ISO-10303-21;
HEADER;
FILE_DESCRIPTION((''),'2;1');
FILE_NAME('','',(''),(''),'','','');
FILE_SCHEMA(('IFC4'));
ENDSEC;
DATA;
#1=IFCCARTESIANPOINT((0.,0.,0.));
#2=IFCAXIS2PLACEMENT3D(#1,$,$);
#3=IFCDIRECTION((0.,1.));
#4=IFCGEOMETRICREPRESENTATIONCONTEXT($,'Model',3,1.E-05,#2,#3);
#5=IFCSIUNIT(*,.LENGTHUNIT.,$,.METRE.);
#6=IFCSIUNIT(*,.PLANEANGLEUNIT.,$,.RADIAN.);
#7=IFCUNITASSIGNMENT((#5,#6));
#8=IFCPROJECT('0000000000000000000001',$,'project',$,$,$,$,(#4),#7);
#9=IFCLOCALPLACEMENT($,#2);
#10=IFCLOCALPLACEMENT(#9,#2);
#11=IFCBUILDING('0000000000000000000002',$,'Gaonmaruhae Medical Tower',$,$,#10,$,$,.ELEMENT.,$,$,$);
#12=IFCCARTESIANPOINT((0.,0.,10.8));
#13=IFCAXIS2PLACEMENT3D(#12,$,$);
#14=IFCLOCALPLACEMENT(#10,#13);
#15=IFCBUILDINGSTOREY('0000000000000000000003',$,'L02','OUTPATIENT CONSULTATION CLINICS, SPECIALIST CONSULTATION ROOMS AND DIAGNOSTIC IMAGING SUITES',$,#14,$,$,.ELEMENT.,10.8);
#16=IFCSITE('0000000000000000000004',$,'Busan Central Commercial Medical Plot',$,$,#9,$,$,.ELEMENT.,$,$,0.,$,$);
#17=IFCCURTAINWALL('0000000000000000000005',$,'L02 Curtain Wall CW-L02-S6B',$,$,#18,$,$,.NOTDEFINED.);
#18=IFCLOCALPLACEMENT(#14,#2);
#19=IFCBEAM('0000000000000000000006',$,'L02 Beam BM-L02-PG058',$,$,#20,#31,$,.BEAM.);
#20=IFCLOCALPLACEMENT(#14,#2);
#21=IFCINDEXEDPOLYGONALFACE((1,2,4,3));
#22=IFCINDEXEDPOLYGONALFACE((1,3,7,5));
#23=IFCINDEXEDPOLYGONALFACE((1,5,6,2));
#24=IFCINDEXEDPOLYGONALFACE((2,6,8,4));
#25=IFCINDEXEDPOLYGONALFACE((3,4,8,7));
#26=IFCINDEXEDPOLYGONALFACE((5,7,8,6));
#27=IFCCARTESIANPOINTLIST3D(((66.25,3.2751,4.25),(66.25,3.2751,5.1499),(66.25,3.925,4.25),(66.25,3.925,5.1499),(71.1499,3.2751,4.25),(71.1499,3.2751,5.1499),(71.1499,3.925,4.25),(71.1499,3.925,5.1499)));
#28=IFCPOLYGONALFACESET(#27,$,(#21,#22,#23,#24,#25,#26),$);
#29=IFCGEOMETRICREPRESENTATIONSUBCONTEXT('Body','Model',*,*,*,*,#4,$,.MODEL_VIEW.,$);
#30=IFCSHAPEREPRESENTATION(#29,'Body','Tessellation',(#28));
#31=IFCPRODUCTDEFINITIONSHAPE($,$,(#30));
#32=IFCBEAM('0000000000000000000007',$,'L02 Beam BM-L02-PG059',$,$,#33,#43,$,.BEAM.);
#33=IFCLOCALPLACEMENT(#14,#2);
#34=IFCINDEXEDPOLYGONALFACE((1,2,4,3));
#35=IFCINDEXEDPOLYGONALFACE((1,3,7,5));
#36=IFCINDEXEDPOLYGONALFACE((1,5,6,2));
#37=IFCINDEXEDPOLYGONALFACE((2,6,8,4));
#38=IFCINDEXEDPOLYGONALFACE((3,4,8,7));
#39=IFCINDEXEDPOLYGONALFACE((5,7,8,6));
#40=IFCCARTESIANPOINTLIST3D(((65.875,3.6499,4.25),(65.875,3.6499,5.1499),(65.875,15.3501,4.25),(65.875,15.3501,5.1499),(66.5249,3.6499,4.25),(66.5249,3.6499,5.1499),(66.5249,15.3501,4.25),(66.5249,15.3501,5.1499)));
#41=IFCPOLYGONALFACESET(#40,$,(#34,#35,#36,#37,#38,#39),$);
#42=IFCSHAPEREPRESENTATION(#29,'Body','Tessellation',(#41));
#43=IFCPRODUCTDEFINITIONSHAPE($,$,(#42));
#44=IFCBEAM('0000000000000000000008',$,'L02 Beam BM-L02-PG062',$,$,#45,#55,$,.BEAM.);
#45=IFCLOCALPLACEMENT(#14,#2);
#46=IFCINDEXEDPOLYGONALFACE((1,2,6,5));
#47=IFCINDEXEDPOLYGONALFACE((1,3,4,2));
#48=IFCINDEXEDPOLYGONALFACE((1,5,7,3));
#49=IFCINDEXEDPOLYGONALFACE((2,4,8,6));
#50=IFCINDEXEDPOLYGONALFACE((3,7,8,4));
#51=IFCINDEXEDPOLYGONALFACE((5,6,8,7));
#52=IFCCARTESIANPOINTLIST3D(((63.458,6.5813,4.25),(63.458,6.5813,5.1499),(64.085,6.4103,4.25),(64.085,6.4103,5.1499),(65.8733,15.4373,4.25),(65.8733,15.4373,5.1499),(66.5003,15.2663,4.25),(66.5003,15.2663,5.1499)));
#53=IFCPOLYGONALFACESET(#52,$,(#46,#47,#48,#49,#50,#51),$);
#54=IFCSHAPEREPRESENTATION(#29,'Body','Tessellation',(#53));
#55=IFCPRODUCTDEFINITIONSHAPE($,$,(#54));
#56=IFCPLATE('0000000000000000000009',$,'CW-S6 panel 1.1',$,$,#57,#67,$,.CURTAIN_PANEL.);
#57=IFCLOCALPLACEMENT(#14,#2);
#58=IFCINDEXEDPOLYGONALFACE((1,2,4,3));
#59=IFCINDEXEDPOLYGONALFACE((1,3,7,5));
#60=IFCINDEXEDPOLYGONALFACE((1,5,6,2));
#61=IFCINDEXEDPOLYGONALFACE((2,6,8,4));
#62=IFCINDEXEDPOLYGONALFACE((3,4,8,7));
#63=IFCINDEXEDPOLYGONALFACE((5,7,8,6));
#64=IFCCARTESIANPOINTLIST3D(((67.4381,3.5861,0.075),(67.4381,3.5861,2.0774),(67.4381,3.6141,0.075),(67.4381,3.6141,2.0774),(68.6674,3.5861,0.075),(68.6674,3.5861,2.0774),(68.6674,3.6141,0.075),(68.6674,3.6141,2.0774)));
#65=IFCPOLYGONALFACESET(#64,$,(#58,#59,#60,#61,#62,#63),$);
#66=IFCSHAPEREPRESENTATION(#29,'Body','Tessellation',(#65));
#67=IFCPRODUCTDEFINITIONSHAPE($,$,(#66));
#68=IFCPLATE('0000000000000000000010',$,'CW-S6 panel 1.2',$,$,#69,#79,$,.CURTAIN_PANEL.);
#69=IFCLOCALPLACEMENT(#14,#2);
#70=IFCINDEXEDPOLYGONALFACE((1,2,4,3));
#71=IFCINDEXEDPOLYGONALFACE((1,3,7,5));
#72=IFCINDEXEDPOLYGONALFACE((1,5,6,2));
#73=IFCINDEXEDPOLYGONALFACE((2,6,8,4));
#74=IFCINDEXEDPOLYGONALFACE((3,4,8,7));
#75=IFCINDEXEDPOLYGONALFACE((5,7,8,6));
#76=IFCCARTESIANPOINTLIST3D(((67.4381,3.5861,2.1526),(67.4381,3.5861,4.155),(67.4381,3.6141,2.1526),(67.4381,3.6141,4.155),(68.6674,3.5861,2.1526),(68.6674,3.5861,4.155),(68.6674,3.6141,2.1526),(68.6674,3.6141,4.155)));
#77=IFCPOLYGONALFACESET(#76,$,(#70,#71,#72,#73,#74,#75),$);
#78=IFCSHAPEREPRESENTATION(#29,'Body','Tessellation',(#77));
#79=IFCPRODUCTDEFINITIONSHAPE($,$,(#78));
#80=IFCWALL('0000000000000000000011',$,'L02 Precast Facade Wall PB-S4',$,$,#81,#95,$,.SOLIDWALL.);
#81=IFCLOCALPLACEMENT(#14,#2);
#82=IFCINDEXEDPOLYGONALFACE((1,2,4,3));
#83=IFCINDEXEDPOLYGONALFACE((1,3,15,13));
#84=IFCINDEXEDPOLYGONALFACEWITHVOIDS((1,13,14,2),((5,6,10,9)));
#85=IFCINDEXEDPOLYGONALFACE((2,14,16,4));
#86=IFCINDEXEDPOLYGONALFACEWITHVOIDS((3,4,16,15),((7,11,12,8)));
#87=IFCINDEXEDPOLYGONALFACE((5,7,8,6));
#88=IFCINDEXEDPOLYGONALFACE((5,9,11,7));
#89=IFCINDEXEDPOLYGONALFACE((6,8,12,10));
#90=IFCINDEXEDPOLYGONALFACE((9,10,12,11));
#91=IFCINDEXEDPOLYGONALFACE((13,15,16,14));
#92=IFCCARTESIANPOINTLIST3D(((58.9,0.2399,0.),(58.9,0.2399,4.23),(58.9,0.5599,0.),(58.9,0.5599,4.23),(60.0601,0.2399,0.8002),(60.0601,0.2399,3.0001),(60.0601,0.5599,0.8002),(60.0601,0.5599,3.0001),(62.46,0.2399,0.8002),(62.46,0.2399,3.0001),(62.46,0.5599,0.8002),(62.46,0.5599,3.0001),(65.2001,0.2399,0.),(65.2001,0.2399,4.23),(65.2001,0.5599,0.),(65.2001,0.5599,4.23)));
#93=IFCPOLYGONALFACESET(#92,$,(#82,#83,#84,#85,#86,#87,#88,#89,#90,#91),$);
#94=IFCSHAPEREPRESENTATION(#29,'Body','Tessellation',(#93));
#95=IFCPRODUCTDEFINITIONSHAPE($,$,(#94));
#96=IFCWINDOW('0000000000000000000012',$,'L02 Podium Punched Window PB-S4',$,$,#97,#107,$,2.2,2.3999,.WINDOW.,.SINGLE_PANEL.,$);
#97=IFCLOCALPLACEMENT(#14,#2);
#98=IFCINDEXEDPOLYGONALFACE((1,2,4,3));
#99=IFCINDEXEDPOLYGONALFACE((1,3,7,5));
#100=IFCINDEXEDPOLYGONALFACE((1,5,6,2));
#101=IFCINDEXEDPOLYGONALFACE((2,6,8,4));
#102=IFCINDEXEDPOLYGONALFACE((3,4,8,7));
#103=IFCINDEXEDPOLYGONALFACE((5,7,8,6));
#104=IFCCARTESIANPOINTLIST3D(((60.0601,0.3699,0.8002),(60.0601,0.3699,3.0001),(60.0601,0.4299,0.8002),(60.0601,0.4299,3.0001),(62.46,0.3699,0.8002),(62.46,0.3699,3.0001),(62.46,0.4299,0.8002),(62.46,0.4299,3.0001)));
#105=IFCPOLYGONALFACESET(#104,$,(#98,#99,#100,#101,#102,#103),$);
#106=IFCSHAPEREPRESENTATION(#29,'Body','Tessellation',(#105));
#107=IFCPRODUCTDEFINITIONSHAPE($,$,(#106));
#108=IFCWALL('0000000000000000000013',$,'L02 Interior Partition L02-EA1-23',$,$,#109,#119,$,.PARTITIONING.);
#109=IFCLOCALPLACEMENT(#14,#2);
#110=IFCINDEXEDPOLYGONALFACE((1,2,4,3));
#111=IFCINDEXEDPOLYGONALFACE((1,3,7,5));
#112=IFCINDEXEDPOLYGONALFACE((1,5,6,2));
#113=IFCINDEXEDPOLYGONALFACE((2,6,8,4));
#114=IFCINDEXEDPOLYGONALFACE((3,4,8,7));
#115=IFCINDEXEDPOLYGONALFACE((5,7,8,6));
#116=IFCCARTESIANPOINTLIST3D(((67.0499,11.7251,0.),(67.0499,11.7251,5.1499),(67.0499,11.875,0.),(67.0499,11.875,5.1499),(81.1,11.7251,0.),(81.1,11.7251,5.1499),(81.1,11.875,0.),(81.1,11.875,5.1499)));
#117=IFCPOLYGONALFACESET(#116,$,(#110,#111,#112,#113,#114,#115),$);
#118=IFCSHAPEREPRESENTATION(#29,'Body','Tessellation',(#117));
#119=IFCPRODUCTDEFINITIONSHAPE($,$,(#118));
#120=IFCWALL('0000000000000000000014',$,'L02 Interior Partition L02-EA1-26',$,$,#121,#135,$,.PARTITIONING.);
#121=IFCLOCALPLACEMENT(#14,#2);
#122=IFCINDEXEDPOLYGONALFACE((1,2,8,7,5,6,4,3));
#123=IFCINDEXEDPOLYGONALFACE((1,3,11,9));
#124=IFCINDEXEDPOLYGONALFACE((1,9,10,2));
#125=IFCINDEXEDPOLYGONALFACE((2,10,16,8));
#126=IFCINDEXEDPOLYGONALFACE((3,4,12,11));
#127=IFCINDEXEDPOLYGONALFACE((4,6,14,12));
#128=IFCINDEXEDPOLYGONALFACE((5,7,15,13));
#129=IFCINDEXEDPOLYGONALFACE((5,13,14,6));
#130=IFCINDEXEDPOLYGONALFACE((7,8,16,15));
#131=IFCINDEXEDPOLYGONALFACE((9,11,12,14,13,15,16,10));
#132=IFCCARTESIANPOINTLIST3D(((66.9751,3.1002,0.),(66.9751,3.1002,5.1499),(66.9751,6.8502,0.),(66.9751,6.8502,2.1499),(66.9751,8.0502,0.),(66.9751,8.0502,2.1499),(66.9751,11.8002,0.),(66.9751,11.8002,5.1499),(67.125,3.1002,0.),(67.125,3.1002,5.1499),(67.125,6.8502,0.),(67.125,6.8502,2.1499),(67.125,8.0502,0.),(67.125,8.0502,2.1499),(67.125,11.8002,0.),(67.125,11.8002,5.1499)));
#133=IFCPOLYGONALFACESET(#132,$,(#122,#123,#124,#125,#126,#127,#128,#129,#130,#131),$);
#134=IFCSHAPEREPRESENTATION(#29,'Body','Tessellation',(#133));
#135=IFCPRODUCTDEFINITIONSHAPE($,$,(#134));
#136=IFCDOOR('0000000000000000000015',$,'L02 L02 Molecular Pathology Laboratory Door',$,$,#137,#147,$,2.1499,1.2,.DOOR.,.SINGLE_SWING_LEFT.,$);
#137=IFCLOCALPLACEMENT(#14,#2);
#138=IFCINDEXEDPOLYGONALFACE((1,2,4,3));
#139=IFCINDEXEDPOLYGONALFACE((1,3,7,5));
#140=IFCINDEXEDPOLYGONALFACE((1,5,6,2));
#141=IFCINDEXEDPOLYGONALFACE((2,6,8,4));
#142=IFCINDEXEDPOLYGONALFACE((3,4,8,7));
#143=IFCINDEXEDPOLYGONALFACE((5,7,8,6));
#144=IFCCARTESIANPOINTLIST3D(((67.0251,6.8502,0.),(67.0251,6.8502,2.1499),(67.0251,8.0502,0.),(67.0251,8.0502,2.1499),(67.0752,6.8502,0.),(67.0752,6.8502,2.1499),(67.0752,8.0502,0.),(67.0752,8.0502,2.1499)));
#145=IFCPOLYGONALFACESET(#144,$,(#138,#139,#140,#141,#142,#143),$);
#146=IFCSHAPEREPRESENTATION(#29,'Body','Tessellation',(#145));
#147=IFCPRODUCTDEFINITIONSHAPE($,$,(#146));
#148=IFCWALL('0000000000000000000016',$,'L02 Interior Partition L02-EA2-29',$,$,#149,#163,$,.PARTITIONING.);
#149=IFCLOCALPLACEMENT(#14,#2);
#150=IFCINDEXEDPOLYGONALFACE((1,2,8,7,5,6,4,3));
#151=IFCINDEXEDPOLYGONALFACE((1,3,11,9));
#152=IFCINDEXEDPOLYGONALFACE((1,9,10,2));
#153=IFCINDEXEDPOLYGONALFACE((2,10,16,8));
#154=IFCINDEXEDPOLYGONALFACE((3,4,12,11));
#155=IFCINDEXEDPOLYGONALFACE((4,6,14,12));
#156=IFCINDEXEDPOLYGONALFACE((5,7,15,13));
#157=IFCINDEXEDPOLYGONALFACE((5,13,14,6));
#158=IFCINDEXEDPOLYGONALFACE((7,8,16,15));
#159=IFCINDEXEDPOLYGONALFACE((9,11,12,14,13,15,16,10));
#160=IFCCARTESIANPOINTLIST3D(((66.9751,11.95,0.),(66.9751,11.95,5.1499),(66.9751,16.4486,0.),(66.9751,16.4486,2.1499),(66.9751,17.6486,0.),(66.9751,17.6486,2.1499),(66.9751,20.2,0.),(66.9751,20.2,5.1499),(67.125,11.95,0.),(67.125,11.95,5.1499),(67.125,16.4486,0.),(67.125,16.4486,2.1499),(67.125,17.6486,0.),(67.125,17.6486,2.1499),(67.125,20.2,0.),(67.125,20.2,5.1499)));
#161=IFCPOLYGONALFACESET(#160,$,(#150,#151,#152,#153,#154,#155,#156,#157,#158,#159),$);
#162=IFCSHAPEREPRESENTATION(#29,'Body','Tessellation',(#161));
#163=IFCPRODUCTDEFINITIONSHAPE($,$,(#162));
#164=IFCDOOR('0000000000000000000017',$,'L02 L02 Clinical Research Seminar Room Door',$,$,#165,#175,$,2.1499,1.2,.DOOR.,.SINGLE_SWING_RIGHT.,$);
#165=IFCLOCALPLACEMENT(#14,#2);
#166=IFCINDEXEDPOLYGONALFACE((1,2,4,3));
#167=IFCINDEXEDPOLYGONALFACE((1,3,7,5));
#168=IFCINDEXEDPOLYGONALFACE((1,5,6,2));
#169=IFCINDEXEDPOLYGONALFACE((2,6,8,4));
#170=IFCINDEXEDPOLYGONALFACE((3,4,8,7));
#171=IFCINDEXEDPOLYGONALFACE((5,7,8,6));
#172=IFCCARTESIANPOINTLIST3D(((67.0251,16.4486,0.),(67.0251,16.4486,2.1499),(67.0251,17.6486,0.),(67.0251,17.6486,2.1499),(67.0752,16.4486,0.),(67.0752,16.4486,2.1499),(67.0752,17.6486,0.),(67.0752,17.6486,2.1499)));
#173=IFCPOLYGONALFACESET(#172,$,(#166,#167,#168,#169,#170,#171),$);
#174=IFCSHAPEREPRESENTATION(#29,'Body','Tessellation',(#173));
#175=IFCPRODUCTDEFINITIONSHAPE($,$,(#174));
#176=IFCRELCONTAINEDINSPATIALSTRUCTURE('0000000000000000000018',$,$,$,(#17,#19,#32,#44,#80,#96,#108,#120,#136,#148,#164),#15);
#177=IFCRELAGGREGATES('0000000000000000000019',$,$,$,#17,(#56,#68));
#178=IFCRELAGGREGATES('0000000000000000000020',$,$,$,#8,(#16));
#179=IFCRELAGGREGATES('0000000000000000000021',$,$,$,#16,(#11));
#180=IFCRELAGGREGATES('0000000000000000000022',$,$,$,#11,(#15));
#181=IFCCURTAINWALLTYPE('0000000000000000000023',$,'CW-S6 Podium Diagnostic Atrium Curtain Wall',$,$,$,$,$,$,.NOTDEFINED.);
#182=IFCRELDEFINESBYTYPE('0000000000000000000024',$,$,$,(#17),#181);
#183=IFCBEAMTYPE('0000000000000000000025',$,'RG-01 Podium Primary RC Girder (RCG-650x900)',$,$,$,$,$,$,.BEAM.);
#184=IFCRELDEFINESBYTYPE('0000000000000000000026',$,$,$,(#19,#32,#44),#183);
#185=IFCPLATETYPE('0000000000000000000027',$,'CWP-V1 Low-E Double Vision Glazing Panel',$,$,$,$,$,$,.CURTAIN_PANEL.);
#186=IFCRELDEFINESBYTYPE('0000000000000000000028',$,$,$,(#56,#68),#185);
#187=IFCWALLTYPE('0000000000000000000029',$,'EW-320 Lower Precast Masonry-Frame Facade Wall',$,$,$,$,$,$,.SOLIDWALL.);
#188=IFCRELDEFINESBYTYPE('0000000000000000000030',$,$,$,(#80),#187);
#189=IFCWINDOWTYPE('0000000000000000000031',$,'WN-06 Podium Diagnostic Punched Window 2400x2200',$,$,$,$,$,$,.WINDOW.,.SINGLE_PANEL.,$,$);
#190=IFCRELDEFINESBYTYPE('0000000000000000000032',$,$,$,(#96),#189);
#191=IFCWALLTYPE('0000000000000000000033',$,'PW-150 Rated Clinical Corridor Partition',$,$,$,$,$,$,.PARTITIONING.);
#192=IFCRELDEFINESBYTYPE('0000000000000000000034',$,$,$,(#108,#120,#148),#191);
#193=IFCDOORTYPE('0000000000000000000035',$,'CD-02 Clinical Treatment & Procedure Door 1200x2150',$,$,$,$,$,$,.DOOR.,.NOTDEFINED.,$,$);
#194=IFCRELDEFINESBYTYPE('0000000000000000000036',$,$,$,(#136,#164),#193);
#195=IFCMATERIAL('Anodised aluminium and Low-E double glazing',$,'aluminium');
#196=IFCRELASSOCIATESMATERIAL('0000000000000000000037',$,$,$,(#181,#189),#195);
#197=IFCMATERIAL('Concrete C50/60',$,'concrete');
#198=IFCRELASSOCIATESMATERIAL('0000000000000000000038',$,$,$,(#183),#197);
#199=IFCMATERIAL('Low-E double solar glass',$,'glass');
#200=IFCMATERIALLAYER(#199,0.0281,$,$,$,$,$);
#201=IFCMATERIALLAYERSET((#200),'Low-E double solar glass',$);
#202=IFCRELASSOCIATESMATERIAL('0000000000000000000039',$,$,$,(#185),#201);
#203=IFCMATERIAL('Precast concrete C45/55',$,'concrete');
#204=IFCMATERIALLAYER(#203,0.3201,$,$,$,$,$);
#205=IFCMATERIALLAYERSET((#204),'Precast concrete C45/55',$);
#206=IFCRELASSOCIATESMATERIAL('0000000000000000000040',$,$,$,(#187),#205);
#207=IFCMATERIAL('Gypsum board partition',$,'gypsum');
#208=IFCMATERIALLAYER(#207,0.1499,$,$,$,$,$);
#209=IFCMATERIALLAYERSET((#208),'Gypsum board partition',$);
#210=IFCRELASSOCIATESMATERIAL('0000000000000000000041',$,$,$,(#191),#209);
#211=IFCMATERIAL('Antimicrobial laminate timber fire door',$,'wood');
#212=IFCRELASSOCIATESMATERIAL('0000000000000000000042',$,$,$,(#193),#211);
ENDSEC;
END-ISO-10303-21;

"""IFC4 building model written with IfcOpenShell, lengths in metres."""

from ifc_helpers import new_model, si_unit, direction, frame, frame_2d, origin, origin_2d, place, context, subcontext, project, spatial, rectangle, extrude, material, layer, layer_set, material_profile, profile_set, type_object, element, fill, aggregate, save


model = new_model("IFC4")

# Units and contexts
model_context = context("Model", 3, precision=1e-05, world=origin(), true_north=direction((0.0, 1.0)))
body_context = subcontext(model_context, "Body", "Model", "MODEL_VIEW")
ifc_project = project(units=[si_unit("LENGTHUNIT", "METRE"), si_unit("PLANEANGLEUNIT", "RADIAN")], contexts=[model_context])

# Site, building, storey
site_placement = place(None, origin())
site = spatial("IfcSite", under=ifc_project, at=site_placement, Name="Busan Central Commercial Medical Plot", CompositionType="ELEMENT", RefElevation=0.0)
building_placement = place(site_placement, origin())
building = spatial("IfcBuilding", under=site, at=building_placement, Name="Gaonmaruhae Medical Tower", CompositionType="ELEMENT")
storey_placement = place(building_placement, frame((0.0, 0.0, 10.8)))
storey = spatial("IfcBuildingStorey", under=building, at=storey_placement, Name="L02", Description="OUTPATIENT CONSULTATION CLINICS, SPECIALIST CONSULTATION ROOMS AND DIAGNOSTIC IMAGING SUITES", CompositionType="ELEMENT", Elevation=10.8)

# Shared definitions
ifc_material_1 = material(Name="Concrete C50/60", Category="concrete")

# Curtain wall
ifc_material_2 = material(Name="Anodised aluminium and Low-E double glazing", Category="aluminium")
curtain_wall_type = type_object("IfcCurtainWallType", Name="CW-S6 Podium Diagnostic Atrium Curtain Wall", PredefinedType="NOTDEFINED", material=ifc_material_2)
curtain_wall_placement = place(storey_placement, origin())
curtain_wall = element("IfcCurtainWall", 1, at=curtain_wall_placement, inside=storey, type_object=curtain_wall_type, Name="L02 Curtain Wall CW-L02-S6B", PredefinedType="NOTDEFINED")

# Beams
ifc_material_profile_1 = material_profile(ifc_material_1, rectangle(XDim=0.6499, YDim=0.8999, at=origin_2d()), Name="RCG-650x900")
ifc_profile_set_1 = profile_set([ifc_material_profile_1], Name="Concrete C50/60")
beam_type = type_object("IfcBeamType", Name="RG-01 Podium Primary RC Girder (RCG-650x900)", PredefinedType="BEAM", material=ifc_profile_set_1)
beam_1_placement = place(storey_placement, frame((66.25, 3.6001, 4.7), z_axis=(1.0, 0.0, 0.0), x_axis=(0.0, 1.0, 0.0)))
element("IfcBeam", 2, at=beam_1_placement, inside=storey, type_object=beam_type, Name="L02 Beam BM-L02-PG058", PredefinedType="BEAM", context=body_context, shape_type="SweptSolid", body=[
    extrude(rectangle(XDim=0.6499, YDim=0.8999, at=origin_2d()), origin(), (0.0, 0.0, 1.0), 4.8999),
])
beam_2_placement = place(storey_placement, frame((66.2, 3.6499, 4.7), z_axis=(0.0, 1.0, 0.0), x_axis=(-1.0, 0.0, 0.0)))
element("IfcBeam", 3, at=beam_2_placement, inside=storey, type_object=beam_type, Name="L02 Beam BM-L02-PG059", PredefinedType="BEAM", context=body_context, shape_type="SweptSolid", body=[
    extrude(rectangle(XDim=0.6499, YDim=0.8999, at=origin_2d()), origin(), (0.0, 0.0, 1.0), 11.7002),
])
beam_3_placement = place(storey_placement, frame((66.1868, 15.3518, 4.7), z_axis=(-0.26312, -0.964763, 0.0), x_axis=(0.964763, -0.26312, 0.0)))
element("IfcBeam", 4, at=beam_3_placement, inside=storey, type_object=beam_type, Name="L02 Beam BM-L02-PG062", PredefinedType="BEAM", context=body_context, shape_type="SweptSolid", body=[
    extrude(rectangle(XDim=0.6499, YDim=0.8999, at=origin_2d()), origin(), (0.0, 0.0, 1.0), 9.1794),
])

# Plates
ifc_material_3 = material(Name="Low-E double solar glass", Category="glass")
ifc_layer_1 = layer(ifc_material_3, 0.0281)
ifc_layer_set_1 = layer_set([ifc_layer_1], Name="Low-E double solar glass")
plate_type = type_object("IfcPlateType", Name="CWP-V1 Low-E Double Vision Glazing Panel", PredefinedType="CURTAIN_PANEL", material=ifc_layer_set_1)
plate_1_placement = place(storey_placement, frame((68.0527, 3.6001, 0.075), z_axis=(0.0, 0.0, 1.0), x_axis=(1.0, 0.0, 0.0)))
plate_1 = element("IfcPlate", 5, at=plate_1_placement, type_object=plate_type, Name="CW-S6 panel 1.1", PredefinedType="CURTAIN_PANEL", context=body_context, shape_type="SweptSolid", body=[
    extrude(rectangle(XDim=1.2292, YDim=0.0281, at=origin_2d()), origin(), (0.0, 0.0, 1.0), 2.0024),
])
plate_2_placement = place(storey_placement, frame((68.0527, 3.6001, 2.1526), z_axis=(0.0, 0.0, 1.0), x_axis=(1.0, 0.0, 0.0)))
plate_2 = element("IfcPlate", 6, at=plate_2_placement, type_object=plate_type, Name="CW-S6 panel 1.2", PredefinedType="CURTAIN_PANEL", context=body_context, shape_type="SweptSolid", body=[
    extrude(rectangle(XDim=1.2292, YDim=0.0281, at=origin_2d()), origin(), (0.0, 0.0, 1.0), 2.0024),
])
aggregate(curtain_wall, [plate_1, plate_2])

# Wall, opening, window
ifc_material_4 = material(Name="Precast concrete C45/55", Category="concrete")
ifc_layer_2 = layer(ifc_material_4, 0.3201)
ifc_layer_set_2 = layer_set([ifc_layer_2], Name="Precast concrete C45/55")
wall_type_1 = type_object("IfcWallType", Name="EW-320 Lower Precast Masonry-Frame Facade Wall", PredefinedType="SOLIDWALL", material=ifc_layer_set_2)
wall_1_placement = place(storey_placement, frame((65.2, 0.3999, 0.0), z_axis=(0.0, 0.0, 1.0), x_axis=(-1.0, 0.0, 0.0)))
wall_1 = element("IfcWall", 7, at=wall_1_placement, inside=storey, type_object=wall_type_1, Name="L02 Precast Facade Wall PB-S4", PredefinedType="SOLIDWALL", context=body_context, shape_type="SweptSolid", body=[
    extrude(rectangle(XDim=6.3, YDim=0.3201, at=frame_2d((3.1499, 0.0))), origin(), (0.0, 0.0, 1.0), 4.23),
])
opening_1_placement = place(wall_1_placement, frame((2.74, 0.0, 0.8)))
opening_1 = element("IfcOpeningElement", 8, at=opening_1_placement, cuts=wall_1, PredefinedType="OPENING", context=body_context, shape_type="SweptSolid", body=[
    extrude(rectangle(XDim=2.3999, YDim=2.2, at=frame_2d((1.2, 1.1001))), frame((0.0, 0.1699, 0.0), z_axis=(0.0, -1.0, 0.0), x_axis=(1.0, 0.0, 0.0)), (0.0, 0.0, 1.0), 0.3401),
])
window_type = type_object("IfcWindowType", Name="WN-06 Podium Diagnostic Punched Window 2400x2200", PartitioningType="SINGLE_PANEL", PredefinedType="WINDOW", material=ifc_material_2)
window_placement = place(opening_1_placement, origin())
window = element("IfcWindow", 9, at=window_placement, inside=storey, type_object=window_type, Name="L02 Podium Punched Window PB-S4", OverallHeight=2.2, OverallWidth=2.3999, PartitioningType="SINGLE_PANEL", PredefinedType="WINDOW", context=body_context, shape_type="SweptSolid", body=[
    extrude(rectangle(XDim=2.3999, YDim=2.2, at=frame_2d((1.2, 1.1001))), frame((0.0, 0.03, 0.0), z_axis=(0.0, -1.0, 0.0), x_axis=(1.0, 0.0, 0.0)), (0.0, 0.0, 1.0), 0.0601),
])
fill(opening_1, window)

# Wall
ifc_material_5 = material(Name="Gypsum board partition", Category="gypsum")
ifc_layer_3 = layer(ifc_material_5, 0.1499)
ifc_layer_set_3 = layer_set([ifc_layer_3], Name="Gypsum board partition")
wall_type_2 = type_object("IfcWallType", Name="PW-150 Rated Clinical Corridor Partition", PredefinedType="PARTITIONING", material=ifc_layer_set_3)
wall_2_placement = place(storey_placement, frame((67.05, 11.8, 0.0), z_axis=(0.0, 0.0, 1.0), x_axis=(1.0, 0.0, 0.0)))
element("IfcWall", 10, at=wall_2_placement, inside=storey, type_object=wall_type_2, Name="L02 Interior Partition L02-EA1-23", PredefinedType="PARTITIONING", context=body_context, shape_type="SweptSolid", body=[
    extrude(rectangle(XDim=14.05, YDim=0.1499, at=frame_2d((7.0249, 0.0))), origin(), (0.0, 0.0, 1.0), 5.1499),
])

# Walls, openings, doors
wall_3_placement = place(storey_placement, frame((67.05, 3.1001, 0.0), z_axis=(0.0, 0.0, 1.0), x_axis=(0.0, 1.0, 0.0)))
wall_3 = element("IfcWall", 11, at=wall_3_placement, inside=storey, type_object=wall_type_2, Name="L02 Interior Partition L02-EA1-26", PredefinedType="PARTITIONING", context=body_context, shape_type="SweptSolid", body=[
    extrude(rectangle(XDim=8.7, YDim=0.1499, at=frame_2d((4.3501, 0.0))), origin(), (0.0, 0.0, 1.0), 5.1499),
])
opening_2_placement = place(wall_3_placement, frame((3.75, 0.0, 0.0)))
opening_2 = element("IfcOpeningElement", 12, at=opening_2_placement, cuts=wall_3, PredefinedType="OPENING", context=body_context, shape_type="SweptSolid", body=[
    extrude(rectangle(XDim=1.2, YDim=2.1499, at=frame_2d((0.6001, 1.075))), frame((0.0, 0.085, 0.0), z_axis=(0.0, -1.0, 0.0), x_axis=(1.0, 0.0, 0.0)), (0.0, 0.0, 1.0), 0.1699),
])
ifc_material_6 = material(Name="Antimicrobial laminate timber fire door", Category="wood")
door_type = type_object("IfcDoorType", Name="CD-02 Clinical Treatment & Procedure Door 1200x2150", OperationType="NOTDEFINED", PredefinedType="DOOR", material=ifc_material_6)
door_1_placement = place(opening_2_placement, origin())
door_1 = element("IfcDoor", 13, at=door_1_placement, inside=storey, type_object=door_type, Name="L02 L02 Molecular Pathology Laboratory Door", OperationType="SINGLE_SWING_LEFT", OverallHeight=2.1499, OverallWidth=1.2, PredefinedType="DOOR", context=body_context, shape_type="SweptSolid", body=[
    extrude(rectangle(XDim=1.2, YDim=2.1499, at=frame_2d((0.6001, 1.075))), frame((0.0, 0.0249, 0.0), z_axis=(0.0, -1.0, 0.0), x_axis=(1.0, 0.0, 0.0)), (0.0, 0.0, 1.0), 0.05),
])
fill(opening_2, door_1)
wall_4_placement = place(storey_placement, frame((67.05, 11.95, 0.0), z_axis=(0.0, 0.0, 1.0), x_axis=(0.0, 1.0, 0.0)))
wall_4 = element("IfcWall", 14, at=wall_4_placement, inside=storey, type_object=wall_type_2, Name="L02 Interior Partition L02-EA2-29", PredefinedType="PARTITIONING", context=body_context, shape_type="SweptSolid", body=[
    extrude(rectangle(XDim=8.25, YDim=0.1499, at=frame_2d((4.125, 0.0))), origin(), (0.0, 0.0, 1.0), 5.1499),
])
opening_3_placement = place(wall_4_placement, frame((4.4985, 0.0, 0.0)))
opening_3 = element("IfcOpeningElement", 15, at=opening_3_placement, cuts=wall_4, PredefinedType="OPENING", context=body_context, shape_type="SweptSolid", body=[
    extrude(rectangle(XDim=1.2, YDim=2.1499, at=frame_2d((0.6001, 1.075))), frame((0.0, 0.085, 0.0), z_axis=(0.0, -1.0, 0.0), x_axis=(1.0, 0.0, 0.0)), (0.0, 0.0, 1.0), 0.1699),
])
door_2_placement = place(opening_3_placement, origin())
door_2 = element("IfcDoor", 16, at=door_2_placement, inside=storey, type_object=door_type, Name="L02 L02 Clinical Research Seminar Room Door", OperationType="SINGLE_SWING_RIGHT", OverallHeight=2.1499, OverallWidth=1.2, PredefinedType="DOOR", context=body_context, shape_type="SweptSolid", body=[
    extrude(rectangle(XDim=1.2, YDim=2.1499, at=frame_2d((0.6001, 1.075))), frame((0.0, 0.0249, 0.0), z_axis=(0.0, -1.0, 0.0), x_axis=(1.0, 0.0, 0.0)), (0.0, 0.0, 1.0), 0.05),
])
fill(opening_3, door_2)

save(model, "model.ifc")
